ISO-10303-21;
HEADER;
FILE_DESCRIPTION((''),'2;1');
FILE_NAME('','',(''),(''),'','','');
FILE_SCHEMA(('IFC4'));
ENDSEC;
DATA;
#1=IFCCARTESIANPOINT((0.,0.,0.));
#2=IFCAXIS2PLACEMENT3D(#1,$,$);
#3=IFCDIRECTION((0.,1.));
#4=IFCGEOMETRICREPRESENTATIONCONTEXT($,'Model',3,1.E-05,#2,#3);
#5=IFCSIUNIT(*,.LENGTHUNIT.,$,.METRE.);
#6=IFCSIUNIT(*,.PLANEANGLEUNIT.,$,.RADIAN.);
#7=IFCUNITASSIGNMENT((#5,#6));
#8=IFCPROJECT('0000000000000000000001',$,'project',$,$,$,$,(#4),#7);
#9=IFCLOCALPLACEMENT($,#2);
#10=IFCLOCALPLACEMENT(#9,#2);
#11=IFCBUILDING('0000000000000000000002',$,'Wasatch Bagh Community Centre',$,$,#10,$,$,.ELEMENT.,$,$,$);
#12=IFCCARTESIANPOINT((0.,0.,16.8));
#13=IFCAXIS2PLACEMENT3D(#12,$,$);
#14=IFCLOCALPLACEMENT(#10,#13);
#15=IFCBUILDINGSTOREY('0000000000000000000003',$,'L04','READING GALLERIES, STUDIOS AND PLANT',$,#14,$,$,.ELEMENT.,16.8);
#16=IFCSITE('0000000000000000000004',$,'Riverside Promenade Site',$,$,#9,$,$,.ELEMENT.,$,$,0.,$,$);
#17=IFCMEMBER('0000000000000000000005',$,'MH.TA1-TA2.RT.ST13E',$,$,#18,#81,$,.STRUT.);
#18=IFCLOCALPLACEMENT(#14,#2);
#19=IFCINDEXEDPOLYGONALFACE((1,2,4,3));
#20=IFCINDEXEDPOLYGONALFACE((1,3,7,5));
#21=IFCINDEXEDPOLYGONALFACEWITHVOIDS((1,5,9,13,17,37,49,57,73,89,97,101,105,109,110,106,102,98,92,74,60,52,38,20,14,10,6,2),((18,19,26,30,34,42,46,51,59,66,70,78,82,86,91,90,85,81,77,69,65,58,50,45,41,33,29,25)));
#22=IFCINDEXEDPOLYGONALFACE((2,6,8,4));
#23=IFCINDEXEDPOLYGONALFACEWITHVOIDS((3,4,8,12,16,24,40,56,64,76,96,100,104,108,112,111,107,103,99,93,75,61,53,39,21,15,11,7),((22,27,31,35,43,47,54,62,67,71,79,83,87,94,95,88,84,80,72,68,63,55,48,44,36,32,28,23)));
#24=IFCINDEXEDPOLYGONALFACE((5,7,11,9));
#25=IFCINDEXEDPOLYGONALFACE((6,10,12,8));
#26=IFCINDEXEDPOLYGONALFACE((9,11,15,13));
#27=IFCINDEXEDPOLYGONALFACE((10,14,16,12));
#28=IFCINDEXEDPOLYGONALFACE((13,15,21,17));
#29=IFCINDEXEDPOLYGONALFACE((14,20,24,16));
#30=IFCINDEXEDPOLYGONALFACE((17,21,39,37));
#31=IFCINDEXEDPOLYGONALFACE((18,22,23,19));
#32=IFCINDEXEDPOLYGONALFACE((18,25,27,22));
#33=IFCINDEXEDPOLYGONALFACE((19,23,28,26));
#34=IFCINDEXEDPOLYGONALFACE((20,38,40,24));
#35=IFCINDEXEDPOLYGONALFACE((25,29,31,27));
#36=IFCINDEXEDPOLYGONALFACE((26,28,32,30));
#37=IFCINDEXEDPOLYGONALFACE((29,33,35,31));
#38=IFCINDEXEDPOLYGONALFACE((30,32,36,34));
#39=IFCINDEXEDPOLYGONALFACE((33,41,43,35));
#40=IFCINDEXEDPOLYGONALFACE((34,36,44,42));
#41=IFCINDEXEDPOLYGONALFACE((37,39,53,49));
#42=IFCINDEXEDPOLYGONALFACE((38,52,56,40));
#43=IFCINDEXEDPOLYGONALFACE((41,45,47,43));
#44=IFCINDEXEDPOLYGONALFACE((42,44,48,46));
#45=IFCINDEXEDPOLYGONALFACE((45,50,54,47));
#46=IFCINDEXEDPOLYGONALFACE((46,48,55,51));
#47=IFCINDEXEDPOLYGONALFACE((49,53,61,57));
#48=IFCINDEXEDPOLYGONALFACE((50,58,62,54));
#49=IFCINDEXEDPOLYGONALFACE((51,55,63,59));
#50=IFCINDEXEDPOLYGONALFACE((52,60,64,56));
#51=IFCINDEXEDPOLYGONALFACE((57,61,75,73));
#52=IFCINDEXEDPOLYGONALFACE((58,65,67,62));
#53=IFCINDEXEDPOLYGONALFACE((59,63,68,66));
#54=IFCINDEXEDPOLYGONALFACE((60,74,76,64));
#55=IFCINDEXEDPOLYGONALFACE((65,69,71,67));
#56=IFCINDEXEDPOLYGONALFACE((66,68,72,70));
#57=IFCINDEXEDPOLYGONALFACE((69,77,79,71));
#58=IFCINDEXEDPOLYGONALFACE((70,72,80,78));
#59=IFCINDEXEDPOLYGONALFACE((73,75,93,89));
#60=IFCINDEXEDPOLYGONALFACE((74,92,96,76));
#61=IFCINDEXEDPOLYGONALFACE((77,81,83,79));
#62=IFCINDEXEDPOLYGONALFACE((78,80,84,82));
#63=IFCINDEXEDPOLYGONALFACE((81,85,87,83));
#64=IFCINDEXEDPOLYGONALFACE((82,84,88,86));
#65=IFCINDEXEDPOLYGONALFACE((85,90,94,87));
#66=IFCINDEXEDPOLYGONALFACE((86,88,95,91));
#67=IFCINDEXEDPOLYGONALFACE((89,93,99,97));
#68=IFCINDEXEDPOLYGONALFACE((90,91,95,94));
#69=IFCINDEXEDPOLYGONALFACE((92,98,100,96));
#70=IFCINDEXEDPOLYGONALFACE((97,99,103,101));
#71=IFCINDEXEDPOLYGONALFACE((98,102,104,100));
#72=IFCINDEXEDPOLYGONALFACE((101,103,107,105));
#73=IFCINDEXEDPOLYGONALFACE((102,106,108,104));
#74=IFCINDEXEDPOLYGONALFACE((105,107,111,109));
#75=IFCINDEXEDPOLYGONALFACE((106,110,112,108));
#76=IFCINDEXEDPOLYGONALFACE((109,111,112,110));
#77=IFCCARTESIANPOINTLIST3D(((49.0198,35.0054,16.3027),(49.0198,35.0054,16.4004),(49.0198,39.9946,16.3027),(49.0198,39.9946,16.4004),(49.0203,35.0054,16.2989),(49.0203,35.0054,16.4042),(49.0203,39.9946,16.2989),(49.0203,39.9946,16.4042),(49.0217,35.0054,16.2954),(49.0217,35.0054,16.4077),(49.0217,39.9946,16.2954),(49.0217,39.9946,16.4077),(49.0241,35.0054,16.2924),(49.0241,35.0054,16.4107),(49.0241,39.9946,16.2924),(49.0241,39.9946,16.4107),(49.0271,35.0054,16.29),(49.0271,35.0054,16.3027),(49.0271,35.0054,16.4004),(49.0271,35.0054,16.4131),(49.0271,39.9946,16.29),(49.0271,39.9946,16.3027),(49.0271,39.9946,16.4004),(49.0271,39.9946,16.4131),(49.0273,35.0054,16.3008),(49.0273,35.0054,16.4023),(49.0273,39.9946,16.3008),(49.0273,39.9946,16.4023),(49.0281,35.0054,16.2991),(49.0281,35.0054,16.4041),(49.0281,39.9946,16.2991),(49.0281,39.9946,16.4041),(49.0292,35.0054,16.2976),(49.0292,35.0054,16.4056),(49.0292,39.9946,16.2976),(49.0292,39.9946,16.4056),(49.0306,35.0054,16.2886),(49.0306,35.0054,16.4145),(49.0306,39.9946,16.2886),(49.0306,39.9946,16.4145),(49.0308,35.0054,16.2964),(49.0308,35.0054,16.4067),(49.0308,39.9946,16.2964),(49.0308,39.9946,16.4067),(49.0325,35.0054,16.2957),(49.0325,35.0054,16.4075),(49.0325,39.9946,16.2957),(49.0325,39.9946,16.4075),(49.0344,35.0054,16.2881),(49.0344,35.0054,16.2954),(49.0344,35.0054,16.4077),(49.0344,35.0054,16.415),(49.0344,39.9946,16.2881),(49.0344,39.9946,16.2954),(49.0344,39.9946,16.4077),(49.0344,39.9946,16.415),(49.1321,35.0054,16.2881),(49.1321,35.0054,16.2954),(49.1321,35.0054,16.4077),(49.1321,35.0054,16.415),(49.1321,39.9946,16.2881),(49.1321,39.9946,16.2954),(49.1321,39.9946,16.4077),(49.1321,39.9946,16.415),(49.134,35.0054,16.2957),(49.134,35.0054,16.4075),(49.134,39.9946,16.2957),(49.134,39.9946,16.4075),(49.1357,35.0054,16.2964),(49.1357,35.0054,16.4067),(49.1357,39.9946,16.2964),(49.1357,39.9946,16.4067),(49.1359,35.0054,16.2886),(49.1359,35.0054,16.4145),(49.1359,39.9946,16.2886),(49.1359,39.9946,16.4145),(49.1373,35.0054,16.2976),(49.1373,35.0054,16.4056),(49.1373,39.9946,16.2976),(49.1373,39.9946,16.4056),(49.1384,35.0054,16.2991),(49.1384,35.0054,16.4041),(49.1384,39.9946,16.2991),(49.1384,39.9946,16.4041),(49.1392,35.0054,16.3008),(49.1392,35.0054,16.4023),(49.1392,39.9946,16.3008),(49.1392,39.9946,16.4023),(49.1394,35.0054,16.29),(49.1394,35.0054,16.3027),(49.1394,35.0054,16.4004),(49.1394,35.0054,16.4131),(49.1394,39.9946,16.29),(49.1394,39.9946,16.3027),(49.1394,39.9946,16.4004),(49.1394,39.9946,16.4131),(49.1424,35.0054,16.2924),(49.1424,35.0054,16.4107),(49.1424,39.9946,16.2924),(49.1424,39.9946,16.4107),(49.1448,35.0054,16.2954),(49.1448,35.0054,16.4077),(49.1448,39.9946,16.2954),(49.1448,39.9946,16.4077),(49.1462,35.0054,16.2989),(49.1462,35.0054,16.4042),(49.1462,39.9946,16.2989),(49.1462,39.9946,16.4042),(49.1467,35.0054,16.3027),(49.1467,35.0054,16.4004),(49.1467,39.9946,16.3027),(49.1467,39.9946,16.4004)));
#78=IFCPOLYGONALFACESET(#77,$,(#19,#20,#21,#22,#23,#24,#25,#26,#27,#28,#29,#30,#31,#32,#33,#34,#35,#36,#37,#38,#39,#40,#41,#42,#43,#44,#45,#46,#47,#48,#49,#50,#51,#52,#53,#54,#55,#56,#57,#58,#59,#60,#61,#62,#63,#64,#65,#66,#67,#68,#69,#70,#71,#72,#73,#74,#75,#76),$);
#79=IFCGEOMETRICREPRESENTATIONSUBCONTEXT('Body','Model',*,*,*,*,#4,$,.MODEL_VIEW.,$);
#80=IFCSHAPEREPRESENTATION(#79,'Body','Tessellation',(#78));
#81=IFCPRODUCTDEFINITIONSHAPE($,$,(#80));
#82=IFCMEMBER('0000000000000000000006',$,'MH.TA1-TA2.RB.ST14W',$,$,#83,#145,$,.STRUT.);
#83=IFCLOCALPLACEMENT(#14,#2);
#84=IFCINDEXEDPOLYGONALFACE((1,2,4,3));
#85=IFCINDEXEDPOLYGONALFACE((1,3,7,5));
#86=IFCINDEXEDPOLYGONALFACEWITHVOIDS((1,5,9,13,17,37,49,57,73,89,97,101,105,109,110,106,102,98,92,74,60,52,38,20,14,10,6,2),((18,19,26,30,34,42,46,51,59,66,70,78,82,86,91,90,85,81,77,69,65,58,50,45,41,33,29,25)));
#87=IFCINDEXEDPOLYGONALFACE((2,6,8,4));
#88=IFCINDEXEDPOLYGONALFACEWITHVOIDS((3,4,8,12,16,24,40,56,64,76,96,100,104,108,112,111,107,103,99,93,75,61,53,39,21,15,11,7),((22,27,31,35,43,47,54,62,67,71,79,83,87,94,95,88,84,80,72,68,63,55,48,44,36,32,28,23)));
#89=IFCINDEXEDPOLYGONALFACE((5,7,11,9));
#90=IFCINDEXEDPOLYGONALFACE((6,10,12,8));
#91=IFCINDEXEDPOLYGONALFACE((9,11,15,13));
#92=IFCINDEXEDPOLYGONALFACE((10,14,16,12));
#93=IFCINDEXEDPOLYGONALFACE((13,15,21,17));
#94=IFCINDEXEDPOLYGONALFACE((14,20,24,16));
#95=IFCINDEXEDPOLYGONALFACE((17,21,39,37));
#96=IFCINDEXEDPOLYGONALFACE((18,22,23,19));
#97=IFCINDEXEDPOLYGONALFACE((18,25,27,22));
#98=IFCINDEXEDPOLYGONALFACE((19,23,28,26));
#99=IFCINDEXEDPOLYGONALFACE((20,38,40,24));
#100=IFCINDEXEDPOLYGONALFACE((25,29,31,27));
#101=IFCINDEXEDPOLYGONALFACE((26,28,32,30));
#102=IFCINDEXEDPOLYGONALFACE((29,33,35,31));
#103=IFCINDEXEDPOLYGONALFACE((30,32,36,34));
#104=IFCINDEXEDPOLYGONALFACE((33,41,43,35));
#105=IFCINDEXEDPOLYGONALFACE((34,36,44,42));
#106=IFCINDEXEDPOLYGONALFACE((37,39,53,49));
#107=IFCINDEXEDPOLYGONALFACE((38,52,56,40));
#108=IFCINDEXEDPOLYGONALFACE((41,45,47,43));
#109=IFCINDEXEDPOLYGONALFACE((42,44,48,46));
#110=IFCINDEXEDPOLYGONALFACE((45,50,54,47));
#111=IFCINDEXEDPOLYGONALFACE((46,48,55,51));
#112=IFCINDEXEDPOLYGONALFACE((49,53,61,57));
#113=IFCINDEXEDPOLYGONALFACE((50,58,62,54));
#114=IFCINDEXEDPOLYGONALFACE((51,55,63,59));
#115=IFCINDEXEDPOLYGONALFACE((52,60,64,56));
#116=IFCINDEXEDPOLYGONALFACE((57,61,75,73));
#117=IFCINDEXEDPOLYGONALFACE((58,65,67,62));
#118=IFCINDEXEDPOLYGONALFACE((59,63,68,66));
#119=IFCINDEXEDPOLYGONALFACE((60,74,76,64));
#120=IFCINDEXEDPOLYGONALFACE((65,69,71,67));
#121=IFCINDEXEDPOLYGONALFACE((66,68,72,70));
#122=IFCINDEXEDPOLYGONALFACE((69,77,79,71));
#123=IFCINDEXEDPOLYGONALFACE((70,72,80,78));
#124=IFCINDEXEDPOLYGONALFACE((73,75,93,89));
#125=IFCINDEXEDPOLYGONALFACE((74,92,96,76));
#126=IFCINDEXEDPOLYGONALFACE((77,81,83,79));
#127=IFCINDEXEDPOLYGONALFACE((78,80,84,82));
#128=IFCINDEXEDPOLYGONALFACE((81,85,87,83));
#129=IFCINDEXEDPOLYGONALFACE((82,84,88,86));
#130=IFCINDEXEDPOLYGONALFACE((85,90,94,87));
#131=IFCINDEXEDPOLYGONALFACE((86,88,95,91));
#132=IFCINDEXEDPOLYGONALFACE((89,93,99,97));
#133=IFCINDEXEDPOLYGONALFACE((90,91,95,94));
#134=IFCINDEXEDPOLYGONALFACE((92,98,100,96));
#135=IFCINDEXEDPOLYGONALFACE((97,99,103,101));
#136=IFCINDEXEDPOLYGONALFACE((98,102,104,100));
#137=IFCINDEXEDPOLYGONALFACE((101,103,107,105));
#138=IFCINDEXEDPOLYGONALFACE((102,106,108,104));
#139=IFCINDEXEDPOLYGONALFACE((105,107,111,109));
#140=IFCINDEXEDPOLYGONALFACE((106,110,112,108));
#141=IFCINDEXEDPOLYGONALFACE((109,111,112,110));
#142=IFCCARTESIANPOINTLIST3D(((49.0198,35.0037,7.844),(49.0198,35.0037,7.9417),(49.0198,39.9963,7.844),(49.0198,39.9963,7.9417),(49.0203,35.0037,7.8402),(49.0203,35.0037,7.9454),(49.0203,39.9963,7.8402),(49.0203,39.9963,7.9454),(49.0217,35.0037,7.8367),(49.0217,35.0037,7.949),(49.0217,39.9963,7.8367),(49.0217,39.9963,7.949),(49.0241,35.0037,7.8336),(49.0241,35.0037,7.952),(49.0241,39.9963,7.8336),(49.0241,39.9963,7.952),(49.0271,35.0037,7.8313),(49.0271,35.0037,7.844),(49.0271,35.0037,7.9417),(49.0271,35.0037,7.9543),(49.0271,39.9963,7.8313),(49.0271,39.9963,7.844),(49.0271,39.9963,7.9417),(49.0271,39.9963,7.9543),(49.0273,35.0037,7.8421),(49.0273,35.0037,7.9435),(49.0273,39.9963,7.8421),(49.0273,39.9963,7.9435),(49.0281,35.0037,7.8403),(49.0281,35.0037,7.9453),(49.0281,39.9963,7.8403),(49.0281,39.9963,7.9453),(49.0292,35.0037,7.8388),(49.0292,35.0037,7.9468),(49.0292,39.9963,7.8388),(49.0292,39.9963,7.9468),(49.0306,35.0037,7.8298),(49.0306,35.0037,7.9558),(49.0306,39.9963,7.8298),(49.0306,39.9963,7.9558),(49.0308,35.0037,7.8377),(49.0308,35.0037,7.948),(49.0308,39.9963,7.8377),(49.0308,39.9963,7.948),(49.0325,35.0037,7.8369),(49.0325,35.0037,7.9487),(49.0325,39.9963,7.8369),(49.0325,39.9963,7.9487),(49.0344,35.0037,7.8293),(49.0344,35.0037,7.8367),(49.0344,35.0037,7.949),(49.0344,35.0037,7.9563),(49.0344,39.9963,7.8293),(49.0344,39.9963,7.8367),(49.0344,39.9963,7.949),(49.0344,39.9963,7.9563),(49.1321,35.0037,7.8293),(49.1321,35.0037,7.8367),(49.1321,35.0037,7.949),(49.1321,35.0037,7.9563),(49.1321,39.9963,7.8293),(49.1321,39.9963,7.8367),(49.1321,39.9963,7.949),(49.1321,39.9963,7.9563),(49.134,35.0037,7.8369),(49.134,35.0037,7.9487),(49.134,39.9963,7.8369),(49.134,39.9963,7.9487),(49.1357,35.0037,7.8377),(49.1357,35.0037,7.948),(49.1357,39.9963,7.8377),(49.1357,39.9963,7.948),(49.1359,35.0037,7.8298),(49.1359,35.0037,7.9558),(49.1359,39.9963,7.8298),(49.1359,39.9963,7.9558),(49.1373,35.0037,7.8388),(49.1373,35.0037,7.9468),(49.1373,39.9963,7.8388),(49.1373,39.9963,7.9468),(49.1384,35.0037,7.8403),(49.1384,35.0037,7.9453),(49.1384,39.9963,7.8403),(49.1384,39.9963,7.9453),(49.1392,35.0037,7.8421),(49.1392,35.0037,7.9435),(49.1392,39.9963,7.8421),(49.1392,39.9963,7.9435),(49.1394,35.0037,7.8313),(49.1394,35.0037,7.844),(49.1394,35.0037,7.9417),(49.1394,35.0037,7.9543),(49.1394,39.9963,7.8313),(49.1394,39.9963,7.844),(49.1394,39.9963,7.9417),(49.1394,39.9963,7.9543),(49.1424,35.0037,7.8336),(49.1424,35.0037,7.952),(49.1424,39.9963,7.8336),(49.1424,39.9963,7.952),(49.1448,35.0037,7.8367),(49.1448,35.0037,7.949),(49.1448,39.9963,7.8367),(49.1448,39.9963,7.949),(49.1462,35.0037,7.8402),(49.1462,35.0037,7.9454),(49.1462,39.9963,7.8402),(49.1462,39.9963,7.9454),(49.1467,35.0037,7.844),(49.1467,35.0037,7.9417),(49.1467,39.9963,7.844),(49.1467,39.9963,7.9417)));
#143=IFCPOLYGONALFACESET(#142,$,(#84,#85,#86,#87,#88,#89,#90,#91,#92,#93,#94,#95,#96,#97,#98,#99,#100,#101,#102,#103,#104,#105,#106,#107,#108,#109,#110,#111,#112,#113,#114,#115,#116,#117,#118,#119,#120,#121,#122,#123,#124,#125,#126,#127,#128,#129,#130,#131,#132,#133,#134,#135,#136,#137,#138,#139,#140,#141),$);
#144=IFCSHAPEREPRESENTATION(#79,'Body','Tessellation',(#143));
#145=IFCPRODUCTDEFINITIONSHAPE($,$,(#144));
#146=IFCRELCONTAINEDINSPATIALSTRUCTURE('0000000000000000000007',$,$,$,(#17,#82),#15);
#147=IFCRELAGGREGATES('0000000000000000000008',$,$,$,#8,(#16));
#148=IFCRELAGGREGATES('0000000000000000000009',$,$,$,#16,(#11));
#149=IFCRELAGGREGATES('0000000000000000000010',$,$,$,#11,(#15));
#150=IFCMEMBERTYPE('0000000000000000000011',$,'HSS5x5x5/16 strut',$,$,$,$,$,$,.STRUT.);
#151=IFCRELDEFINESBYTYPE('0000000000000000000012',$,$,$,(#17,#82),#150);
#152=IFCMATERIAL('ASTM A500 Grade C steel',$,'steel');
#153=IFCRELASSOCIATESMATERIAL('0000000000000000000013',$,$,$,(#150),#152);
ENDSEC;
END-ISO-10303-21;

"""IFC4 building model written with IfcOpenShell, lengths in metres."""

from ifc_helpers import new_model, si_unit, direction, frame, origin, origin_2d, place, context, subcontext, project, spatial, hollow_rectangle, extrude, material, material_profile, profile_set, type_object, element, save


model = new_model("IFC4")

# Units and contexts
model_context = context("Model", 3, precision=1e-05, world=origin(), true_north=direction((0.0, 1.0)))
body_context = subcontext(model_context, "Body", "Model", "MODEL_VIEW")
ifc_project = project(units=[si_unit("LENGTHUNIT", "METRE"), si_unit("PLANEANGLEUNIT", "RADIAN")], contexts=[model_context])

# Site, building, storey
site_placement = place(None, origin())
site = spatial("IfcSite", under=ifc_project, at=site_placement, Name="Riverside Promenade Site", CompositionType="ELEMENT", RefElevation=0.0)
building_placement = place(site_placement, origin())
building = spatial("IfcBuilding", under=site, at=building_placement, Name="Wasatch Bagh Community Centre", CompositionType="ELEMENT")
storey_placement = place(building_placement, frame((0.0, 0.0, 16.8)))
storey = spatial("IfcBuildingStorey", under=building, at=storey_placement, Name="L04", Description="READING GALLERIES, STUDIOS AND PLANT", CompositionType="ELEMENT", Elevation=16.8)

# Members
ifc_material_1 = material(Name="ASTM A500 Grade C steel", Category="steel")
ifc_material_profile_1 = material_profile(ifc_material_1, hollow_rectangle(XDim=0.127, YDim=0.127, WallThickness=0.0073, InnerFilletRadius=0.0073, OuterFilletRadius=0.0146, at=origin_2d()), Name="HSS5x5x5/16")
ifc_profile_set_1 = profile_set([ifc_material_profile_1], Name="ASTM A500 Grade C steel")
member_type_1 = type_object("IfcMemberType", Name="HSS5x5x5/16 strut", PredefinedType="STRUT", material=ifc_profile_set_1)
member_1_placement = place(storey_placement, frame((49.0833, 35.0054, 16.3516), z_axis=(0.0, 1.0, 0.0), x_axis=(-1.0, 0.0, 0.0)))
element("IfcMember", 1, at=member_1_placement, inside=storey, type_object=member_type_1, Name="MH.TA1-TA2.RT.ST13E", PredefinedType="STRUT", context=body_context, shape_type="SweptSolid", body=[
    extrude(hollow_rectangle(XDim=0.127, YDim=0.127, WallThickness=0.0073, InnerFilletRadius=0.0073, OuterFilletRadius=0.0146, at=origin_2d()), origin(), (0.0, 0.0, 1.0), 4.9893),
])
for number, where, z_axis, x_axis, name in (
    (2, (49.0833, 35.0037, 7.8928), (0.0, 1.0, 0.0), (-1.0, 0.0, 0.0), "MH.TA1-TA2.RB.ST14W"),
):
    element("IfcMember", number, at=place(storey_placement, frame(where, z_axis=z_axis, x_axis=x_axis)), inside=storey, type_object=member_type_1, Name=name, PredefinedType="STRUT", context=body_context, shape_type="SweptSolid", body=[
        extrude(hollow_rectangle(XDim=0.127, YDim=0.127, WallThickness=0.0073, InnerFilletRadius=0.0073, OuterFilletRadius=0.0146, at=origin_2d()), origin(), (0.0, 0.0, 1.0), 4.9927),
    ])

save(model, "model.ifc")
